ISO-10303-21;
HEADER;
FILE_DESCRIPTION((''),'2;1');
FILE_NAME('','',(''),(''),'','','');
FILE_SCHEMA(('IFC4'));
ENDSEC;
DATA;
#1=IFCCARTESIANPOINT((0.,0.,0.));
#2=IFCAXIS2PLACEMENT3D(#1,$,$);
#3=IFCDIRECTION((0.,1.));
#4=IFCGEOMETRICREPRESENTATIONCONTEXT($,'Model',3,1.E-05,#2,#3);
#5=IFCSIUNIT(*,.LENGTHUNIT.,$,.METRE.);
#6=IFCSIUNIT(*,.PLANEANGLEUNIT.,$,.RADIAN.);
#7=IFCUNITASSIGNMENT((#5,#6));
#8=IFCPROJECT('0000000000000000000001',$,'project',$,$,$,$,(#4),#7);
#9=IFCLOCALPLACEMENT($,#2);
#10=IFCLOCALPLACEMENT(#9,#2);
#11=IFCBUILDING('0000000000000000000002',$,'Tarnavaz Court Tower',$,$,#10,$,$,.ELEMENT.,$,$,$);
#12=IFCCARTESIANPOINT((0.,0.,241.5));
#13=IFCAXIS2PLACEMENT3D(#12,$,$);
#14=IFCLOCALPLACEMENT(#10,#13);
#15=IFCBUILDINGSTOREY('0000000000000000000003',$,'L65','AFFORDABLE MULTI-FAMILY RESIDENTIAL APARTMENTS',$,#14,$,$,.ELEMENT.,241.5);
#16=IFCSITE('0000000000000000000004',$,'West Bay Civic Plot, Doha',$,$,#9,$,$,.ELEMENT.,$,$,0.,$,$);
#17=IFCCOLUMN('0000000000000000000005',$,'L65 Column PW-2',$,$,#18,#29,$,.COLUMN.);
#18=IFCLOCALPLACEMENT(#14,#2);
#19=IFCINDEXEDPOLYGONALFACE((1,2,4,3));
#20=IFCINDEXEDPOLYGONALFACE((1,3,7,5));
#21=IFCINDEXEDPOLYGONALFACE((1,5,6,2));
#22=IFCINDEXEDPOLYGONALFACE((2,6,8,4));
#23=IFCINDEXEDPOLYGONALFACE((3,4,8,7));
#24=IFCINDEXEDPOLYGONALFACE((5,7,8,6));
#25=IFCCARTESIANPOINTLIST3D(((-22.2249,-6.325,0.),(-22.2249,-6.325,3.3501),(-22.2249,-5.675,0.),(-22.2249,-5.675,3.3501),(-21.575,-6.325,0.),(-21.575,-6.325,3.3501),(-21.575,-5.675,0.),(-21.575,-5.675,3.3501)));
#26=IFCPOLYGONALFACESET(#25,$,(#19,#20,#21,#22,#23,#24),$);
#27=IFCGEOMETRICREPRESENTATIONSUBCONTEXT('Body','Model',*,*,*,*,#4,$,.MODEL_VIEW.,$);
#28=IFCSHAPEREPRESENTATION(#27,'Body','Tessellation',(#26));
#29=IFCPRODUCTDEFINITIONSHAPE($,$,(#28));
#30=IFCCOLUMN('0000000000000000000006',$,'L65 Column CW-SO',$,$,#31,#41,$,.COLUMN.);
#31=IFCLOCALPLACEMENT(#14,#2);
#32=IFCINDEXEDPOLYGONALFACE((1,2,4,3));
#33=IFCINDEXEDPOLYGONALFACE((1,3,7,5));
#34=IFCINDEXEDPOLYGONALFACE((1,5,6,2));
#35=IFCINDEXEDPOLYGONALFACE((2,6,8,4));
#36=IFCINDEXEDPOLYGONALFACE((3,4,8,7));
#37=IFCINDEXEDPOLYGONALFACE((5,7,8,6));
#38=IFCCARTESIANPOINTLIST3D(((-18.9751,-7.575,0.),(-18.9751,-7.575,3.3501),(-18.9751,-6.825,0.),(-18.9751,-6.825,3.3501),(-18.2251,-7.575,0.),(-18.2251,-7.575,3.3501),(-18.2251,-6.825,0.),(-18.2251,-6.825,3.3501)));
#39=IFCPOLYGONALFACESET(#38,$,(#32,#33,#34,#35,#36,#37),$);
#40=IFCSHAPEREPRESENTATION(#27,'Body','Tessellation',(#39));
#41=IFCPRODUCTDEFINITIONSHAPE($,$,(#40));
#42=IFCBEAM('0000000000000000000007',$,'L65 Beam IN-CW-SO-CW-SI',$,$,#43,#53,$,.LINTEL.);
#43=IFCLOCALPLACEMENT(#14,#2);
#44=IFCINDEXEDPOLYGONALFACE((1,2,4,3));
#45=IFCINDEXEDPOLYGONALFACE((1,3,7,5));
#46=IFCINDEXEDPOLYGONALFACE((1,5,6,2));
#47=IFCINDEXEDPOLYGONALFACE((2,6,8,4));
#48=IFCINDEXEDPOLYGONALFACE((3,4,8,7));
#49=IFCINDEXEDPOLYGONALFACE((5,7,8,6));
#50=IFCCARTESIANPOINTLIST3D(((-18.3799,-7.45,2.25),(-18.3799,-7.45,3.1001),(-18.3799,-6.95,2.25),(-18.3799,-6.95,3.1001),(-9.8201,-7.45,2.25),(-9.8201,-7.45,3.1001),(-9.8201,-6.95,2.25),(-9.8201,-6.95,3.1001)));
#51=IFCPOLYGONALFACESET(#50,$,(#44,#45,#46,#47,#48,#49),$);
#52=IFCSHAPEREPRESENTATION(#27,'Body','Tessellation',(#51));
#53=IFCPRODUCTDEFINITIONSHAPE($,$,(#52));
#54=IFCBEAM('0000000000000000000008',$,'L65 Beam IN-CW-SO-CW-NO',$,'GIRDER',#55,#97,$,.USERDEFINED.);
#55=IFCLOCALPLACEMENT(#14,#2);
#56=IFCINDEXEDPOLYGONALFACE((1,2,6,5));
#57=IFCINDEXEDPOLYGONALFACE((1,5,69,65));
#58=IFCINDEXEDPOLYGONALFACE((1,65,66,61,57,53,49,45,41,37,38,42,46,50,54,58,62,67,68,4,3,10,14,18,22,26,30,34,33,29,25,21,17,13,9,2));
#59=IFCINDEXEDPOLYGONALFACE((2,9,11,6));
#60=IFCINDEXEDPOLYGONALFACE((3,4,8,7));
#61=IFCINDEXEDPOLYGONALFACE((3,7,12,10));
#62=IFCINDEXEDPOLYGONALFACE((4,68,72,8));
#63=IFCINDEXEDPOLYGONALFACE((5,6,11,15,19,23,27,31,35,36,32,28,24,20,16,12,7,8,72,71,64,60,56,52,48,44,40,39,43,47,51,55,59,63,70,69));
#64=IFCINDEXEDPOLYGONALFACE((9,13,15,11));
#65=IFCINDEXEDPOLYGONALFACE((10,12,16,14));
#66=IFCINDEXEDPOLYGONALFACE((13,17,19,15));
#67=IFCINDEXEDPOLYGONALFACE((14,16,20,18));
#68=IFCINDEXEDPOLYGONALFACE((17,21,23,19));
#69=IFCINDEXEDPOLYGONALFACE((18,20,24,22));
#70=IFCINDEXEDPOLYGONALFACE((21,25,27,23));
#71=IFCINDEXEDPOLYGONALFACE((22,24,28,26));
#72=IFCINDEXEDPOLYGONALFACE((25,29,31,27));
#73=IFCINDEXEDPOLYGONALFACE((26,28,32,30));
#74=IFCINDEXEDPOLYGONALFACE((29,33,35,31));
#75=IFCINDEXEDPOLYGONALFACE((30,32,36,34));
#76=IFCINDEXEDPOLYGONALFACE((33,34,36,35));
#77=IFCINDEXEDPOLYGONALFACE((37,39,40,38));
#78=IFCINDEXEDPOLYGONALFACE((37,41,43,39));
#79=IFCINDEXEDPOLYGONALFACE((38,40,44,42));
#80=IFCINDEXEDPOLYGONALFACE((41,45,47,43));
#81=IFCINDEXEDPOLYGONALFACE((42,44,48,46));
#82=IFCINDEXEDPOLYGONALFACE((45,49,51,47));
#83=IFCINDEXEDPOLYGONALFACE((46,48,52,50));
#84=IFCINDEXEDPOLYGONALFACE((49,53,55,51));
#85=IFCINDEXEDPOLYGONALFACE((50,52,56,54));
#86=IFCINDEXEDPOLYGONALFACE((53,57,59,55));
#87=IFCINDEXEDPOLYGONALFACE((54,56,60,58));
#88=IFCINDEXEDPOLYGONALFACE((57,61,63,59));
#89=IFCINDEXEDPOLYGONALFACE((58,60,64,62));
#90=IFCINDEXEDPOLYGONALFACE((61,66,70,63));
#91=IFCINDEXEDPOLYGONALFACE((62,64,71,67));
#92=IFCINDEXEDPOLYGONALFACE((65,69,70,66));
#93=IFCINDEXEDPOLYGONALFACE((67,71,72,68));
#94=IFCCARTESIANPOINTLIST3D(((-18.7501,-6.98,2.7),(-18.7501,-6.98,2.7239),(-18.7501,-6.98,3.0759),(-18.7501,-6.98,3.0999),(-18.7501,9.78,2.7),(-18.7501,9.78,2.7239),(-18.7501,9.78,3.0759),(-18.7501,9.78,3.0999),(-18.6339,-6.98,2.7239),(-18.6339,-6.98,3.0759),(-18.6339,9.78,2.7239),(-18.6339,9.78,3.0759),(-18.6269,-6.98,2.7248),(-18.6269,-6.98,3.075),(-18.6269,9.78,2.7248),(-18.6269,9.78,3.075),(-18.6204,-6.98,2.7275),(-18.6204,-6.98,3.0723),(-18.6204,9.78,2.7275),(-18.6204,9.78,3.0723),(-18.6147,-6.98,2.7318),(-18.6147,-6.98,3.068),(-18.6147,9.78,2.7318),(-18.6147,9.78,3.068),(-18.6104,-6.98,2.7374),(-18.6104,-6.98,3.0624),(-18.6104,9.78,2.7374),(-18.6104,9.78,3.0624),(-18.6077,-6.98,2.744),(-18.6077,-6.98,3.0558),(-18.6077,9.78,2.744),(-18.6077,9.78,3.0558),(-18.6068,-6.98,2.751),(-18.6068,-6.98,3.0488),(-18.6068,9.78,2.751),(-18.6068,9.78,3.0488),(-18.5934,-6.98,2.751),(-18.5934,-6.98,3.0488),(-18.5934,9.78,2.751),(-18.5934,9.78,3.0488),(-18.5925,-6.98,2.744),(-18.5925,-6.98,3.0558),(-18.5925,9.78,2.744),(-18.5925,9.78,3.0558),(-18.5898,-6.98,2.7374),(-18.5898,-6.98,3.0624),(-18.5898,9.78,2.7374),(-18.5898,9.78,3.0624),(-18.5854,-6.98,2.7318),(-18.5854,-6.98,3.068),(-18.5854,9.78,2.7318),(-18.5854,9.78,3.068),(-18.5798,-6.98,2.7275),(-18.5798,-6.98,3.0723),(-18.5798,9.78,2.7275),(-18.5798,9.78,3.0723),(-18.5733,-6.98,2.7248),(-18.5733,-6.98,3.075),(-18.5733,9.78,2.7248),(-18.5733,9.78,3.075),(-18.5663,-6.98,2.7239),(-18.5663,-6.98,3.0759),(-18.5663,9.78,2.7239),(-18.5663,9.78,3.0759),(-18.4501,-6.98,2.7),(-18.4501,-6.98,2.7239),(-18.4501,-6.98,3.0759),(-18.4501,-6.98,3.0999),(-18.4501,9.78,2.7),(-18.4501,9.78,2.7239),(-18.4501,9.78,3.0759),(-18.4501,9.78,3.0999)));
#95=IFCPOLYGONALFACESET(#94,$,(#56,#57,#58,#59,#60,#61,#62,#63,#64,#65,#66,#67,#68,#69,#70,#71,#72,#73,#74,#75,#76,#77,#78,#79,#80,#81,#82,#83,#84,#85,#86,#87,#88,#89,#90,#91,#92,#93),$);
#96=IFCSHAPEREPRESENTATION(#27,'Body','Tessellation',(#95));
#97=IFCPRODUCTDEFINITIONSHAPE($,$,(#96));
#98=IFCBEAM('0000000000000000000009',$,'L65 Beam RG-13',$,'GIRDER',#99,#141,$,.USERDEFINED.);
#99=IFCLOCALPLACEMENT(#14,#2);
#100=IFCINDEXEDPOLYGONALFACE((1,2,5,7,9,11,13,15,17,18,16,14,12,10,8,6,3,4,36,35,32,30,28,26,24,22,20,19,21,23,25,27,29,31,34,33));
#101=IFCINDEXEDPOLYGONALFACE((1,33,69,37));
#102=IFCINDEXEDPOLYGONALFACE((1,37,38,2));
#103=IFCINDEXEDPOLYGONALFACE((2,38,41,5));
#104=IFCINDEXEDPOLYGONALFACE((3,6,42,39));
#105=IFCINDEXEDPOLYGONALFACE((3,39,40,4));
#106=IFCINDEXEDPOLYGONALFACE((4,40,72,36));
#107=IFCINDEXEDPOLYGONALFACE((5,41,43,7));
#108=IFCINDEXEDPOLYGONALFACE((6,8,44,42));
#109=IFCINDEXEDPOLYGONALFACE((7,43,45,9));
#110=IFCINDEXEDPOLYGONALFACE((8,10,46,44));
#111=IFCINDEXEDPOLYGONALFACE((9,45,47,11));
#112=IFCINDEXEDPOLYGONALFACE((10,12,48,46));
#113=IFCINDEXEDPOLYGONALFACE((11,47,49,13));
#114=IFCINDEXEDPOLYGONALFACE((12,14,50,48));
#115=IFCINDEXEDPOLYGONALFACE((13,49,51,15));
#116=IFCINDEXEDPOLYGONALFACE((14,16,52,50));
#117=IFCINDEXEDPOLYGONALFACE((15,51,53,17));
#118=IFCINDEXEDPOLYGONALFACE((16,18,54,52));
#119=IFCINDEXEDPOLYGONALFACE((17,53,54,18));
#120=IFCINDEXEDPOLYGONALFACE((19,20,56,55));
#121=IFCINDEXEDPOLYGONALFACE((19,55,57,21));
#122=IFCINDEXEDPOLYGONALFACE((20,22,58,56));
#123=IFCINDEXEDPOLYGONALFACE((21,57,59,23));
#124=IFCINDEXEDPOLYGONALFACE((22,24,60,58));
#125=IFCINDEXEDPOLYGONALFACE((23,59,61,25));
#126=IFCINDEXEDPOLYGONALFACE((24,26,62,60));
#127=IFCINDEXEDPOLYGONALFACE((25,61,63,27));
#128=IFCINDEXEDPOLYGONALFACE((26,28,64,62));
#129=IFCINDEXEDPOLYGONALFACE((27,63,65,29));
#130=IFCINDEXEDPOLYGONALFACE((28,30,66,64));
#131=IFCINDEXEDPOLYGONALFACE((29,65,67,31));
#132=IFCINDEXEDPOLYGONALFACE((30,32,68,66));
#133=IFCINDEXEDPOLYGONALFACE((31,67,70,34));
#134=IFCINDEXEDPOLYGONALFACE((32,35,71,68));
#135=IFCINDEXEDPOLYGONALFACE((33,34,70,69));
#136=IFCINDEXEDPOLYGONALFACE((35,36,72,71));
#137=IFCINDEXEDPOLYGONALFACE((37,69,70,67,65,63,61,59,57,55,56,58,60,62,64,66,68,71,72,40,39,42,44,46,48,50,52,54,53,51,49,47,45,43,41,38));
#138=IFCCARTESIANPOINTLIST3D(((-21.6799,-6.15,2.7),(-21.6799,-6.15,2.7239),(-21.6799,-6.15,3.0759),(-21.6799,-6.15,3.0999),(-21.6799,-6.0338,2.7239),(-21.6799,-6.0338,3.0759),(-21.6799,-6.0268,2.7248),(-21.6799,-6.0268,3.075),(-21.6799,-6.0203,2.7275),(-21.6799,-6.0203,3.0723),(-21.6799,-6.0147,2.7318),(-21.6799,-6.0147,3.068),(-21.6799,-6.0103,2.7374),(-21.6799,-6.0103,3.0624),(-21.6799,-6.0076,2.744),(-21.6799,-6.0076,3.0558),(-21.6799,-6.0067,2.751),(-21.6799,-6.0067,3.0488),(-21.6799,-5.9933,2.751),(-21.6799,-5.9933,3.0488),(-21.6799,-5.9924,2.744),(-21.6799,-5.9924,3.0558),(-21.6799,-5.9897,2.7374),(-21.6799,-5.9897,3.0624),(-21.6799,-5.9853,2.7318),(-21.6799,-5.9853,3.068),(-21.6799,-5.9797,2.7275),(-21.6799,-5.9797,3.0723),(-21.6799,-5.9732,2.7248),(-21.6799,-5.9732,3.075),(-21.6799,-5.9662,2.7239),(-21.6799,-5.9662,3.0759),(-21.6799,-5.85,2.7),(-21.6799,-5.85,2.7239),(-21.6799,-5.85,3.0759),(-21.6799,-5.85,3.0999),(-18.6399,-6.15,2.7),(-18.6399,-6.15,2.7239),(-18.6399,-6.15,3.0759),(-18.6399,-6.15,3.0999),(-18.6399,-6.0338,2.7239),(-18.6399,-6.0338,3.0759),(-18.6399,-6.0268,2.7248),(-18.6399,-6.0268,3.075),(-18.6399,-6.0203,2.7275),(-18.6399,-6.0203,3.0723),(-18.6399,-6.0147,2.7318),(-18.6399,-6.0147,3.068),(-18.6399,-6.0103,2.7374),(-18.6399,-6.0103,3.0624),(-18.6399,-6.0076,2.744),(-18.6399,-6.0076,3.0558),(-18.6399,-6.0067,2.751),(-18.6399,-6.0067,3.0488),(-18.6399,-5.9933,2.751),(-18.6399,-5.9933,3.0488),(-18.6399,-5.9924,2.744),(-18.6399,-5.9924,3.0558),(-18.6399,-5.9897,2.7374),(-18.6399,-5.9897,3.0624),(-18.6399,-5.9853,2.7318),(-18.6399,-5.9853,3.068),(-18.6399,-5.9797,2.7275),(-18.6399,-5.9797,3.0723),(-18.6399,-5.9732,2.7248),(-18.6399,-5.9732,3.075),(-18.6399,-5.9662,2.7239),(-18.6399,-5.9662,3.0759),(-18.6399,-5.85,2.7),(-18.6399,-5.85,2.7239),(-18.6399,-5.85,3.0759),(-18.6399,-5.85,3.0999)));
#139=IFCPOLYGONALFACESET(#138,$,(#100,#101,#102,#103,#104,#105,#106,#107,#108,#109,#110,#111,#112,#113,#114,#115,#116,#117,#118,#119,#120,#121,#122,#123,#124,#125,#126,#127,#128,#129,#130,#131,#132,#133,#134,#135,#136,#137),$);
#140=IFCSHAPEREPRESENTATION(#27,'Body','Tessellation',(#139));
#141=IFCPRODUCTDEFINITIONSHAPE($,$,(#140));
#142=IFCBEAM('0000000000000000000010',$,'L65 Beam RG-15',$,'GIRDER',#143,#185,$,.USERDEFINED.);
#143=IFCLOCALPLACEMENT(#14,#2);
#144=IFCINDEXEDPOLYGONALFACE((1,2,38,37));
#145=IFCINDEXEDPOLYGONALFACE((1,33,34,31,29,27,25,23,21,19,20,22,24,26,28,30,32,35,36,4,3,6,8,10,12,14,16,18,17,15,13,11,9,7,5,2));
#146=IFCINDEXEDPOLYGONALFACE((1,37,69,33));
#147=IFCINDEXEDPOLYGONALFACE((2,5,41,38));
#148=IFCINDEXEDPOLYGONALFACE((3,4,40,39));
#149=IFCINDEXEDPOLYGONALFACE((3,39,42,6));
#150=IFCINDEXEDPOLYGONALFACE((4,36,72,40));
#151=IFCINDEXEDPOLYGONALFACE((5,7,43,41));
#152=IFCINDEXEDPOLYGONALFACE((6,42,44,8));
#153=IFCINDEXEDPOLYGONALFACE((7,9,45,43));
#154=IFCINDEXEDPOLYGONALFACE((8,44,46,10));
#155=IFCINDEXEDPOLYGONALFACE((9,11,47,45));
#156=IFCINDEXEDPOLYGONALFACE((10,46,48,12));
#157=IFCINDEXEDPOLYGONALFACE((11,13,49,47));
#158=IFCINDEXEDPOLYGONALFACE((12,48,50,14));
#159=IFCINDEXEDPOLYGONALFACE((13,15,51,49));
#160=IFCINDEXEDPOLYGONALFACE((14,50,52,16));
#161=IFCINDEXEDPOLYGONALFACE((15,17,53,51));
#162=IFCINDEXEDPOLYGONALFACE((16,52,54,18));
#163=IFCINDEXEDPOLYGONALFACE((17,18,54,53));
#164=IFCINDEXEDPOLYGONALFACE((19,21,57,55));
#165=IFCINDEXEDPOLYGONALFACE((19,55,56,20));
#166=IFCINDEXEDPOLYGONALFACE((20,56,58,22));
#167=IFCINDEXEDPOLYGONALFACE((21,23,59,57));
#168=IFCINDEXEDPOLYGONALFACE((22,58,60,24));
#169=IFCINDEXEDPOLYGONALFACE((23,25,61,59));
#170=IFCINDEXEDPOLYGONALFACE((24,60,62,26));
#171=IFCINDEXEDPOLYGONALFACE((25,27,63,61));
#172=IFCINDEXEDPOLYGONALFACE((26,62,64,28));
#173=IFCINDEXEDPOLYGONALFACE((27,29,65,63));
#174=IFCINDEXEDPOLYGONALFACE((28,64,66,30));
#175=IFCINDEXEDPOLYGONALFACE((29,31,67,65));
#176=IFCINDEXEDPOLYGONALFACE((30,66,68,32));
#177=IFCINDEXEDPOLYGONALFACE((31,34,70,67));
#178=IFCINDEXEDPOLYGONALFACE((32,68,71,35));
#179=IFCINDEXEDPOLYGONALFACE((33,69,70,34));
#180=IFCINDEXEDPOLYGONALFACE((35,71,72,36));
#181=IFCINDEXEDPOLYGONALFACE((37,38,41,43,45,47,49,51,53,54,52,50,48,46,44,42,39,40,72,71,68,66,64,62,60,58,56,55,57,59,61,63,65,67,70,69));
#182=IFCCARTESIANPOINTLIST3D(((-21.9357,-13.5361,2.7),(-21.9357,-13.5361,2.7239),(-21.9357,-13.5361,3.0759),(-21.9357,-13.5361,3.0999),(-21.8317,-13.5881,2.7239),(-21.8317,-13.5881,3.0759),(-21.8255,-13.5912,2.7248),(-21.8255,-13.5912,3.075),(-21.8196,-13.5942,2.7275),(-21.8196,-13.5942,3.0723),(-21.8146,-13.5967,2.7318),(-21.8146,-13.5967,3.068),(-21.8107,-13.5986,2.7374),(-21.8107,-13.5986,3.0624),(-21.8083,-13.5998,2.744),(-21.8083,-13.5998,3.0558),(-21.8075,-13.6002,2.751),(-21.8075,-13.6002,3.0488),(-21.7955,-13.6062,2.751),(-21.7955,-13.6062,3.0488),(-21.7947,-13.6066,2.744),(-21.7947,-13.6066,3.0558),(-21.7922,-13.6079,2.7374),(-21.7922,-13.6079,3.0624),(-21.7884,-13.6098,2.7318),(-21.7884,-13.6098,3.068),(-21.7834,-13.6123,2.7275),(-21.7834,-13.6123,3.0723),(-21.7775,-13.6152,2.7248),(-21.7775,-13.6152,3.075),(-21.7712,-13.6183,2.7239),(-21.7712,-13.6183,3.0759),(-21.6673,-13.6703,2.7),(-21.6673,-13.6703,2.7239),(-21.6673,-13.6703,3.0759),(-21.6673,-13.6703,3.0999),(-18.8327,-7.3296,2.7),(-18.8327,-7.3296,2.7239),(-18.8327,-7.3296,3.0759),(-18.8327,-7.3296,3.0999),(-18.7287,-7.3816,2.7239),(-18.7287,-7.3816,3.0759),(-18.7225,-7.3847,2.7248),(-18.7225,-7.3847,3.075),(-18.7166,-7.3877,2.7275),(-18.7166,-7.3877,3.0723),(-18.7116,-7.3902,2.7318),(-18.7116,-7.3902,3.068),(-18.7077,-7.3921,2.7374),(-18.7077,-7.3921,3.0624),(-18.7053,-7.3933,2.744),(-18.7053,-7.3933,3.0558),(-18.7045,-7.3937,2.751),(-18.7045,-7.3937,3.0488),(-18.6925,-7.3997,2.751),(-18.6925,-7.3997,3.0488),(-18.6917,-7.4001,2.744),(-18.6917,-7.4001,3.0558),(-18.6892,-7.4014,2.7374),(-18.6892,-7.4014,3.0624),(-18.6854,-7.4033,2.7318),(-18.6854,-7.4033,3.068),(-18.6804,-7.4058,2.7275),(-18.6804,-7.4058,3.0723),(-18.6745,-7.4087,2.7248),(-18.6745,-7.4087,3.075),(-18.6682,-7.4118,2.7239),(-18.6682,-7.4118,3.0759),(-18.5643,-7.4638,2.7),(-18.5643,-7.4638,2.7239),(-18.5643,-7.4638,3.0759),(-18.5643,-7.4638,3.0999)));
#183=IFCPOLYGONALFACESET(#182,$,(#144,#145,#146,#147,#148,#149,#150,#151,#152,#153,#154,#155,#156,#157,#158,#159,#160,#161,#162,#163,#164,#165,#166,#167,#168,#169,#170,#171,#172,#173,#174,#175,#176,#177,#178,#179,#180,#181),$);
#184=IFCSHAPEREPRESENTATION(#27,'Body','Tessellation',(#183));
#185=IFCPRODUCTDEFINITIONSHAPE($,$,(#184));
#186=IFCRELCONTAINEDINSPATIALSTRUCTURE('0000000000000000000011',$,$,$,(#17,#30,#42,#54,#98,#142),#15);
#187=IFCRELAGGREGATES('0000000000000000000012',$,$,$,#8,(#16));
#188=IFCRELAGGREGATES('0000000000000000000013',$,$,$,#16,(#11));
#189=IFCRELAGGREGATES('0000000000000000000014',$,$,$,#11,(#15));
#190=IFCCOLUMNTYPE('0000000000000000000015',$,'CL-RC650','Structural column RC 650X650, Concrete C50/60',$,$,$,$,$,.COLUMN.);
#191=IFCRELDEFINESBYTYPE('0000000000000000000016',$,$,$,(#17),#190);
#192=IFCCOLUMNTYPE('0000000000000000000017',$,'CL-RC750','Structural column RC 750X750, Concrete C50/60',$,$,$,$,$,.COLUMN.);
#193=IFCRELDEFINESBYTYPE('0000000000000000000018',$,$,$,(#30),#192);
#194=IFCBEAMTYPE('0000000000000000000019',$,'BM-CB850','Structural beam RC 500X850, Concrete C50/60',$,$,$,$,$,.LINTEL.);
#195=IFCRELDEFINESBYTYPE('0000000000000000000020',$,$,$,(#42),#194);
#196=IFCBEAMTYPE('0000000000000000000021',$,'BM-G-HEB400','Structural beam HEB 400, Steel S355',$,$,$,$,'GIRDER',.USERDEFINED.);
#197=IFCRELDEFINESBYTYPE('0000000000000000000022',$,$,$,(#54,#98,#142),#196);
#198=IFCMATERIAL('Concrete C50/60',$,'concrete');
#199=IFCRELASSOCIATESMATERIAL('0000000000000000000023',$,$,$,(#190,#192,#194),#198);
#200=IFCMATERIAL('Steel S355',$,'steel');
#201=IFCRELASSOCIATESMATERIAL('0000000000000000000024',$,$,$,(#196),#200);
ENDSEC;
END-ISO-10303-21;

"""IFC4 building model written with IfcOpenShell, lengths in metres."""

from ifc_helpers import new_model, si_unit, direction, frame, origin, origin_2d, place, context, subcontext, project, spatial, rectangle, i_section, extrude, material, material_profile, profile_set, type_object, element, save


model = new_model("IFC4")

# Units and contexts
model_context = context("Model", 3, precision=1e-05, world=origin(), true_north=direction((0.0, 1.0)))
body_context = subcontext(model_context, "Body", "Model", "MODEL_VIEW")
ifc_project = project(units=[si_unit("LENGTHUNIT", "METRE"), si_unit("PLANEANGLEUNIT", "RADIAN")], contexts=[model_context])

# Site, building, storey
site_placement = place(None, origin())
site = spatial("IfcSite", under=ifc_project, at=site_placement, Name="West Bay Civic Plot, Doha", CompositionType="ELEMENT", RefElevation=0.0)
building_placement = place(site_placement, origin())
building = spatial("IfcBuilding", under=site, at=building_placement, Name="Tarnavaz Court Tower", CompositionType="ELEMENT")
storey_placement = place(building_placement, frame((0.0, 0.0, 241.5)))
storey = spatial("IfcBuildingStorey", under=building, at=storey_placement, Name="L65", Description="AFFORDABLE MULTI-FAMILY RESIDENTIAL APARTMENTS", CompositionType="ELEMENT", Elevation=241.5)

# Columns
ifc_material_1 = material(Name="Concrete C50/60", Category="concrete")
ifc_material_profile_1 = material_profile(ifc_material_1, rectangle(XDim=0.6499, YDim=0.6499, at=origin_2d()), Name="RC 650X650")
ifc_profile_set_1 = profile_set([ifc_material_profile_1], Name="Concrete C50/60")
column_type_1 = type_object("IfcColumnType", Name="CL-RC650", Description="Structural column RC 650X650, Concrete C50/60", PredefinedType="COLUMN", material=ifc_profile_set_1)
column_1_placement = place(storey_placement, frame((-21.8999, -6.0, 0.0), z_axis=(0.0, 0.0, 1.0), x_axis=(1.0, 0.0, 0.0)))
element("IfcColumn", 1, at=column_1_placement, inside=storey, type_object=column_type_1, Name="L65 Column PW-2", PredefinedType="COLUMN", context=body_context, shape_type="SweptSolid", body=[
    extrude(rectangle(XDim=0.6499, YDim=0.6499, at=origin_2d()), origin(), (0.0, 0.0, 1.0), 3.3501),
])
ifc_material_profile_2 = material_profile(ifc_material_1, rectangle(XDim=0.75, YDim=0.75, at=origin_2d()), Name="RC 750X750")
ifc_profile_set_2 = profile_set([ifc_material_profile_2], Name="Concrete C50/60")
column_type_2 = type_object("IfcColumnType", Name="CL-RC750", Description="Structural column RC 750X750, Concrete C50/60", PredefinedType="COLUMN", material=ifc_profile_set_2)
column_2_placement = place(storey_placement, frame((-18.6001, -7.2, 0.0), z_axis=(0.0, 0.0, 1.0), x_axis=(1.0, 0.0, 0.0)))
element("IfcColumn", 2, at=column_2_placement, inside=storey, type_object=column_type_2, Name="L65 Column CW-SO", PredefinedType="COLUMN", context=body_context, shape_type="SweptSolid", body=[
    extrude(rectangle(XDim=0.75, YDim=0.75, at=origin_2d()), origin(), (0.0, 0.0, 1.0), 3.3501),
])

# Beams
ifc_material_profile_3 = material_profile(ifc_material_1, rectangle(XDim=0.5, YDim=0.8501, at=origin_2d()), Name="RC 500X850")
ifc_profile_set_3 = profile_set([ifc_material_profile_3], Name="Concrete C50/60")
beam_type_1 = type_object("IfcBeamType", Name="BM-CB850", Description="Structural beam RC 500X850, Concrete C50/60", PredefinedType="LINTEL", material=ifc_profile_set_3)
beam_1_placement = place(storey_placement, frame((-18.3799, -7.2, 2.675), z_axis=(1.0, 0.0, 0.0), x_axis=(0.0, 1.0, 0.0)))
element("IfcBeam", 3, at=beam_1_placement, inside=storey, type_object=beam_type_1, Name="L65 Beam IN-CW-SO-CW-SI", PredefinedType="LINTEL", context=body_context, shape_type="SweptSolid", body=[
    extrude(rectangle(XDim=0.5, YDim=0.8501, at=origin_2d()), origin(), (0.0, 0.0, 1.0), 8.5598),
])
ifc_material_2 = material(Name="Steel S355", Category="steel")
ifc_material_profile_4 = material_profile(ifc_material_2, i_section(OverallWidth=0.3, OverallDepth=0.3999, WebThickness=0.0134, FlangeThickness=0.0239, FilletRadius=0.0271, at=origin_2d()), Name="HEB 400")
ifc_profile_set_4 = profile_set([ifc_material_profile_4], Name="Steel S355")
beam_type_2 = type_object("IfcBeamType", Name="BM-G-HEB400", Description="Structural beam HEB 400, Steel S355", ElementType="GIRDER", PredefinedType="USERDEFINED", material=ifc_profile_set_4)
beam_2_placement = place(storey_placement, frame((-18.6001, -6.98, 2.8999), z_axis=(0.0, 1.0, 0.0), x_axis=(-1.0, 0.0, 0.0)))
element("IfcBeam", 4, at=beam_2_placement, inside=storey, type_object=beam_type_2, Name="L65 Beam IN-CW-SO-CW-NO", ObjectType="GIRDER", PredefinedType="USERDEFINED", context=body_context, shape_type="SweptSolid", body=[
    extrude(i_section(OverallWidth=0.3, OverallDepth=0.3999, WebThickness=0.0134, FlangeThickness=0.0239, FilletRadius=0.0271, at=origin_2d()), origin(), (0.0, 0.0, 1.0), 16.76),
])
beam_3_placement = place(storey_placement, frame((-18.6399, -6.0, 2.8999), z_axis=(-1.0, 0.0, 0.0), x_axis=(0.0, -1.0, 0.0)))
element("IfcBeam", 5, at=beam_3_placement, inside=storey, type_object=beam_type_2, Name="L65 Beam RG-13", ObjectType="GIRDER", PredefinedType="USERDEFINED", context=body_context, shape_type="SweptSolid", body=[
    extrude(i_section(OverallWidth=0.3, OverallDepth=0.3999, WebThickness=0.0134, FlangeThickness=0.0239, FilletRadius=0.0271, at=origin_2d()), origin(), (0.0, 0.0, 1.0), 3.04),
])
beam_4_placement = place(storey_placement, frame((-18.6985, -7.3967, 2.8999), z_axis=(-0.447185, -0.894441, 0.0), x_axis=(0.894441, -0.447185, 0.0)))
element("IfcBeam", 6, at=beam_4_placement, inside=storey, type_object=beam_type_2, Name="L65 Beam RG-15", ObjectType="GIRDER", PredefinedType="USERDEFINED", context=body_context, shape_type="SweptSolid", body=[
    extrude(i_section(OverallWidth=0.3, OverallDepth=0.3999, WebThickness=0.0134, FlangeThickness=0.0239, FilletRadius=0.0271, at=origin_2d()), origin(), (0.0, 0.0, 1.0), 6.939),
])

save(model, "model.ifc")
